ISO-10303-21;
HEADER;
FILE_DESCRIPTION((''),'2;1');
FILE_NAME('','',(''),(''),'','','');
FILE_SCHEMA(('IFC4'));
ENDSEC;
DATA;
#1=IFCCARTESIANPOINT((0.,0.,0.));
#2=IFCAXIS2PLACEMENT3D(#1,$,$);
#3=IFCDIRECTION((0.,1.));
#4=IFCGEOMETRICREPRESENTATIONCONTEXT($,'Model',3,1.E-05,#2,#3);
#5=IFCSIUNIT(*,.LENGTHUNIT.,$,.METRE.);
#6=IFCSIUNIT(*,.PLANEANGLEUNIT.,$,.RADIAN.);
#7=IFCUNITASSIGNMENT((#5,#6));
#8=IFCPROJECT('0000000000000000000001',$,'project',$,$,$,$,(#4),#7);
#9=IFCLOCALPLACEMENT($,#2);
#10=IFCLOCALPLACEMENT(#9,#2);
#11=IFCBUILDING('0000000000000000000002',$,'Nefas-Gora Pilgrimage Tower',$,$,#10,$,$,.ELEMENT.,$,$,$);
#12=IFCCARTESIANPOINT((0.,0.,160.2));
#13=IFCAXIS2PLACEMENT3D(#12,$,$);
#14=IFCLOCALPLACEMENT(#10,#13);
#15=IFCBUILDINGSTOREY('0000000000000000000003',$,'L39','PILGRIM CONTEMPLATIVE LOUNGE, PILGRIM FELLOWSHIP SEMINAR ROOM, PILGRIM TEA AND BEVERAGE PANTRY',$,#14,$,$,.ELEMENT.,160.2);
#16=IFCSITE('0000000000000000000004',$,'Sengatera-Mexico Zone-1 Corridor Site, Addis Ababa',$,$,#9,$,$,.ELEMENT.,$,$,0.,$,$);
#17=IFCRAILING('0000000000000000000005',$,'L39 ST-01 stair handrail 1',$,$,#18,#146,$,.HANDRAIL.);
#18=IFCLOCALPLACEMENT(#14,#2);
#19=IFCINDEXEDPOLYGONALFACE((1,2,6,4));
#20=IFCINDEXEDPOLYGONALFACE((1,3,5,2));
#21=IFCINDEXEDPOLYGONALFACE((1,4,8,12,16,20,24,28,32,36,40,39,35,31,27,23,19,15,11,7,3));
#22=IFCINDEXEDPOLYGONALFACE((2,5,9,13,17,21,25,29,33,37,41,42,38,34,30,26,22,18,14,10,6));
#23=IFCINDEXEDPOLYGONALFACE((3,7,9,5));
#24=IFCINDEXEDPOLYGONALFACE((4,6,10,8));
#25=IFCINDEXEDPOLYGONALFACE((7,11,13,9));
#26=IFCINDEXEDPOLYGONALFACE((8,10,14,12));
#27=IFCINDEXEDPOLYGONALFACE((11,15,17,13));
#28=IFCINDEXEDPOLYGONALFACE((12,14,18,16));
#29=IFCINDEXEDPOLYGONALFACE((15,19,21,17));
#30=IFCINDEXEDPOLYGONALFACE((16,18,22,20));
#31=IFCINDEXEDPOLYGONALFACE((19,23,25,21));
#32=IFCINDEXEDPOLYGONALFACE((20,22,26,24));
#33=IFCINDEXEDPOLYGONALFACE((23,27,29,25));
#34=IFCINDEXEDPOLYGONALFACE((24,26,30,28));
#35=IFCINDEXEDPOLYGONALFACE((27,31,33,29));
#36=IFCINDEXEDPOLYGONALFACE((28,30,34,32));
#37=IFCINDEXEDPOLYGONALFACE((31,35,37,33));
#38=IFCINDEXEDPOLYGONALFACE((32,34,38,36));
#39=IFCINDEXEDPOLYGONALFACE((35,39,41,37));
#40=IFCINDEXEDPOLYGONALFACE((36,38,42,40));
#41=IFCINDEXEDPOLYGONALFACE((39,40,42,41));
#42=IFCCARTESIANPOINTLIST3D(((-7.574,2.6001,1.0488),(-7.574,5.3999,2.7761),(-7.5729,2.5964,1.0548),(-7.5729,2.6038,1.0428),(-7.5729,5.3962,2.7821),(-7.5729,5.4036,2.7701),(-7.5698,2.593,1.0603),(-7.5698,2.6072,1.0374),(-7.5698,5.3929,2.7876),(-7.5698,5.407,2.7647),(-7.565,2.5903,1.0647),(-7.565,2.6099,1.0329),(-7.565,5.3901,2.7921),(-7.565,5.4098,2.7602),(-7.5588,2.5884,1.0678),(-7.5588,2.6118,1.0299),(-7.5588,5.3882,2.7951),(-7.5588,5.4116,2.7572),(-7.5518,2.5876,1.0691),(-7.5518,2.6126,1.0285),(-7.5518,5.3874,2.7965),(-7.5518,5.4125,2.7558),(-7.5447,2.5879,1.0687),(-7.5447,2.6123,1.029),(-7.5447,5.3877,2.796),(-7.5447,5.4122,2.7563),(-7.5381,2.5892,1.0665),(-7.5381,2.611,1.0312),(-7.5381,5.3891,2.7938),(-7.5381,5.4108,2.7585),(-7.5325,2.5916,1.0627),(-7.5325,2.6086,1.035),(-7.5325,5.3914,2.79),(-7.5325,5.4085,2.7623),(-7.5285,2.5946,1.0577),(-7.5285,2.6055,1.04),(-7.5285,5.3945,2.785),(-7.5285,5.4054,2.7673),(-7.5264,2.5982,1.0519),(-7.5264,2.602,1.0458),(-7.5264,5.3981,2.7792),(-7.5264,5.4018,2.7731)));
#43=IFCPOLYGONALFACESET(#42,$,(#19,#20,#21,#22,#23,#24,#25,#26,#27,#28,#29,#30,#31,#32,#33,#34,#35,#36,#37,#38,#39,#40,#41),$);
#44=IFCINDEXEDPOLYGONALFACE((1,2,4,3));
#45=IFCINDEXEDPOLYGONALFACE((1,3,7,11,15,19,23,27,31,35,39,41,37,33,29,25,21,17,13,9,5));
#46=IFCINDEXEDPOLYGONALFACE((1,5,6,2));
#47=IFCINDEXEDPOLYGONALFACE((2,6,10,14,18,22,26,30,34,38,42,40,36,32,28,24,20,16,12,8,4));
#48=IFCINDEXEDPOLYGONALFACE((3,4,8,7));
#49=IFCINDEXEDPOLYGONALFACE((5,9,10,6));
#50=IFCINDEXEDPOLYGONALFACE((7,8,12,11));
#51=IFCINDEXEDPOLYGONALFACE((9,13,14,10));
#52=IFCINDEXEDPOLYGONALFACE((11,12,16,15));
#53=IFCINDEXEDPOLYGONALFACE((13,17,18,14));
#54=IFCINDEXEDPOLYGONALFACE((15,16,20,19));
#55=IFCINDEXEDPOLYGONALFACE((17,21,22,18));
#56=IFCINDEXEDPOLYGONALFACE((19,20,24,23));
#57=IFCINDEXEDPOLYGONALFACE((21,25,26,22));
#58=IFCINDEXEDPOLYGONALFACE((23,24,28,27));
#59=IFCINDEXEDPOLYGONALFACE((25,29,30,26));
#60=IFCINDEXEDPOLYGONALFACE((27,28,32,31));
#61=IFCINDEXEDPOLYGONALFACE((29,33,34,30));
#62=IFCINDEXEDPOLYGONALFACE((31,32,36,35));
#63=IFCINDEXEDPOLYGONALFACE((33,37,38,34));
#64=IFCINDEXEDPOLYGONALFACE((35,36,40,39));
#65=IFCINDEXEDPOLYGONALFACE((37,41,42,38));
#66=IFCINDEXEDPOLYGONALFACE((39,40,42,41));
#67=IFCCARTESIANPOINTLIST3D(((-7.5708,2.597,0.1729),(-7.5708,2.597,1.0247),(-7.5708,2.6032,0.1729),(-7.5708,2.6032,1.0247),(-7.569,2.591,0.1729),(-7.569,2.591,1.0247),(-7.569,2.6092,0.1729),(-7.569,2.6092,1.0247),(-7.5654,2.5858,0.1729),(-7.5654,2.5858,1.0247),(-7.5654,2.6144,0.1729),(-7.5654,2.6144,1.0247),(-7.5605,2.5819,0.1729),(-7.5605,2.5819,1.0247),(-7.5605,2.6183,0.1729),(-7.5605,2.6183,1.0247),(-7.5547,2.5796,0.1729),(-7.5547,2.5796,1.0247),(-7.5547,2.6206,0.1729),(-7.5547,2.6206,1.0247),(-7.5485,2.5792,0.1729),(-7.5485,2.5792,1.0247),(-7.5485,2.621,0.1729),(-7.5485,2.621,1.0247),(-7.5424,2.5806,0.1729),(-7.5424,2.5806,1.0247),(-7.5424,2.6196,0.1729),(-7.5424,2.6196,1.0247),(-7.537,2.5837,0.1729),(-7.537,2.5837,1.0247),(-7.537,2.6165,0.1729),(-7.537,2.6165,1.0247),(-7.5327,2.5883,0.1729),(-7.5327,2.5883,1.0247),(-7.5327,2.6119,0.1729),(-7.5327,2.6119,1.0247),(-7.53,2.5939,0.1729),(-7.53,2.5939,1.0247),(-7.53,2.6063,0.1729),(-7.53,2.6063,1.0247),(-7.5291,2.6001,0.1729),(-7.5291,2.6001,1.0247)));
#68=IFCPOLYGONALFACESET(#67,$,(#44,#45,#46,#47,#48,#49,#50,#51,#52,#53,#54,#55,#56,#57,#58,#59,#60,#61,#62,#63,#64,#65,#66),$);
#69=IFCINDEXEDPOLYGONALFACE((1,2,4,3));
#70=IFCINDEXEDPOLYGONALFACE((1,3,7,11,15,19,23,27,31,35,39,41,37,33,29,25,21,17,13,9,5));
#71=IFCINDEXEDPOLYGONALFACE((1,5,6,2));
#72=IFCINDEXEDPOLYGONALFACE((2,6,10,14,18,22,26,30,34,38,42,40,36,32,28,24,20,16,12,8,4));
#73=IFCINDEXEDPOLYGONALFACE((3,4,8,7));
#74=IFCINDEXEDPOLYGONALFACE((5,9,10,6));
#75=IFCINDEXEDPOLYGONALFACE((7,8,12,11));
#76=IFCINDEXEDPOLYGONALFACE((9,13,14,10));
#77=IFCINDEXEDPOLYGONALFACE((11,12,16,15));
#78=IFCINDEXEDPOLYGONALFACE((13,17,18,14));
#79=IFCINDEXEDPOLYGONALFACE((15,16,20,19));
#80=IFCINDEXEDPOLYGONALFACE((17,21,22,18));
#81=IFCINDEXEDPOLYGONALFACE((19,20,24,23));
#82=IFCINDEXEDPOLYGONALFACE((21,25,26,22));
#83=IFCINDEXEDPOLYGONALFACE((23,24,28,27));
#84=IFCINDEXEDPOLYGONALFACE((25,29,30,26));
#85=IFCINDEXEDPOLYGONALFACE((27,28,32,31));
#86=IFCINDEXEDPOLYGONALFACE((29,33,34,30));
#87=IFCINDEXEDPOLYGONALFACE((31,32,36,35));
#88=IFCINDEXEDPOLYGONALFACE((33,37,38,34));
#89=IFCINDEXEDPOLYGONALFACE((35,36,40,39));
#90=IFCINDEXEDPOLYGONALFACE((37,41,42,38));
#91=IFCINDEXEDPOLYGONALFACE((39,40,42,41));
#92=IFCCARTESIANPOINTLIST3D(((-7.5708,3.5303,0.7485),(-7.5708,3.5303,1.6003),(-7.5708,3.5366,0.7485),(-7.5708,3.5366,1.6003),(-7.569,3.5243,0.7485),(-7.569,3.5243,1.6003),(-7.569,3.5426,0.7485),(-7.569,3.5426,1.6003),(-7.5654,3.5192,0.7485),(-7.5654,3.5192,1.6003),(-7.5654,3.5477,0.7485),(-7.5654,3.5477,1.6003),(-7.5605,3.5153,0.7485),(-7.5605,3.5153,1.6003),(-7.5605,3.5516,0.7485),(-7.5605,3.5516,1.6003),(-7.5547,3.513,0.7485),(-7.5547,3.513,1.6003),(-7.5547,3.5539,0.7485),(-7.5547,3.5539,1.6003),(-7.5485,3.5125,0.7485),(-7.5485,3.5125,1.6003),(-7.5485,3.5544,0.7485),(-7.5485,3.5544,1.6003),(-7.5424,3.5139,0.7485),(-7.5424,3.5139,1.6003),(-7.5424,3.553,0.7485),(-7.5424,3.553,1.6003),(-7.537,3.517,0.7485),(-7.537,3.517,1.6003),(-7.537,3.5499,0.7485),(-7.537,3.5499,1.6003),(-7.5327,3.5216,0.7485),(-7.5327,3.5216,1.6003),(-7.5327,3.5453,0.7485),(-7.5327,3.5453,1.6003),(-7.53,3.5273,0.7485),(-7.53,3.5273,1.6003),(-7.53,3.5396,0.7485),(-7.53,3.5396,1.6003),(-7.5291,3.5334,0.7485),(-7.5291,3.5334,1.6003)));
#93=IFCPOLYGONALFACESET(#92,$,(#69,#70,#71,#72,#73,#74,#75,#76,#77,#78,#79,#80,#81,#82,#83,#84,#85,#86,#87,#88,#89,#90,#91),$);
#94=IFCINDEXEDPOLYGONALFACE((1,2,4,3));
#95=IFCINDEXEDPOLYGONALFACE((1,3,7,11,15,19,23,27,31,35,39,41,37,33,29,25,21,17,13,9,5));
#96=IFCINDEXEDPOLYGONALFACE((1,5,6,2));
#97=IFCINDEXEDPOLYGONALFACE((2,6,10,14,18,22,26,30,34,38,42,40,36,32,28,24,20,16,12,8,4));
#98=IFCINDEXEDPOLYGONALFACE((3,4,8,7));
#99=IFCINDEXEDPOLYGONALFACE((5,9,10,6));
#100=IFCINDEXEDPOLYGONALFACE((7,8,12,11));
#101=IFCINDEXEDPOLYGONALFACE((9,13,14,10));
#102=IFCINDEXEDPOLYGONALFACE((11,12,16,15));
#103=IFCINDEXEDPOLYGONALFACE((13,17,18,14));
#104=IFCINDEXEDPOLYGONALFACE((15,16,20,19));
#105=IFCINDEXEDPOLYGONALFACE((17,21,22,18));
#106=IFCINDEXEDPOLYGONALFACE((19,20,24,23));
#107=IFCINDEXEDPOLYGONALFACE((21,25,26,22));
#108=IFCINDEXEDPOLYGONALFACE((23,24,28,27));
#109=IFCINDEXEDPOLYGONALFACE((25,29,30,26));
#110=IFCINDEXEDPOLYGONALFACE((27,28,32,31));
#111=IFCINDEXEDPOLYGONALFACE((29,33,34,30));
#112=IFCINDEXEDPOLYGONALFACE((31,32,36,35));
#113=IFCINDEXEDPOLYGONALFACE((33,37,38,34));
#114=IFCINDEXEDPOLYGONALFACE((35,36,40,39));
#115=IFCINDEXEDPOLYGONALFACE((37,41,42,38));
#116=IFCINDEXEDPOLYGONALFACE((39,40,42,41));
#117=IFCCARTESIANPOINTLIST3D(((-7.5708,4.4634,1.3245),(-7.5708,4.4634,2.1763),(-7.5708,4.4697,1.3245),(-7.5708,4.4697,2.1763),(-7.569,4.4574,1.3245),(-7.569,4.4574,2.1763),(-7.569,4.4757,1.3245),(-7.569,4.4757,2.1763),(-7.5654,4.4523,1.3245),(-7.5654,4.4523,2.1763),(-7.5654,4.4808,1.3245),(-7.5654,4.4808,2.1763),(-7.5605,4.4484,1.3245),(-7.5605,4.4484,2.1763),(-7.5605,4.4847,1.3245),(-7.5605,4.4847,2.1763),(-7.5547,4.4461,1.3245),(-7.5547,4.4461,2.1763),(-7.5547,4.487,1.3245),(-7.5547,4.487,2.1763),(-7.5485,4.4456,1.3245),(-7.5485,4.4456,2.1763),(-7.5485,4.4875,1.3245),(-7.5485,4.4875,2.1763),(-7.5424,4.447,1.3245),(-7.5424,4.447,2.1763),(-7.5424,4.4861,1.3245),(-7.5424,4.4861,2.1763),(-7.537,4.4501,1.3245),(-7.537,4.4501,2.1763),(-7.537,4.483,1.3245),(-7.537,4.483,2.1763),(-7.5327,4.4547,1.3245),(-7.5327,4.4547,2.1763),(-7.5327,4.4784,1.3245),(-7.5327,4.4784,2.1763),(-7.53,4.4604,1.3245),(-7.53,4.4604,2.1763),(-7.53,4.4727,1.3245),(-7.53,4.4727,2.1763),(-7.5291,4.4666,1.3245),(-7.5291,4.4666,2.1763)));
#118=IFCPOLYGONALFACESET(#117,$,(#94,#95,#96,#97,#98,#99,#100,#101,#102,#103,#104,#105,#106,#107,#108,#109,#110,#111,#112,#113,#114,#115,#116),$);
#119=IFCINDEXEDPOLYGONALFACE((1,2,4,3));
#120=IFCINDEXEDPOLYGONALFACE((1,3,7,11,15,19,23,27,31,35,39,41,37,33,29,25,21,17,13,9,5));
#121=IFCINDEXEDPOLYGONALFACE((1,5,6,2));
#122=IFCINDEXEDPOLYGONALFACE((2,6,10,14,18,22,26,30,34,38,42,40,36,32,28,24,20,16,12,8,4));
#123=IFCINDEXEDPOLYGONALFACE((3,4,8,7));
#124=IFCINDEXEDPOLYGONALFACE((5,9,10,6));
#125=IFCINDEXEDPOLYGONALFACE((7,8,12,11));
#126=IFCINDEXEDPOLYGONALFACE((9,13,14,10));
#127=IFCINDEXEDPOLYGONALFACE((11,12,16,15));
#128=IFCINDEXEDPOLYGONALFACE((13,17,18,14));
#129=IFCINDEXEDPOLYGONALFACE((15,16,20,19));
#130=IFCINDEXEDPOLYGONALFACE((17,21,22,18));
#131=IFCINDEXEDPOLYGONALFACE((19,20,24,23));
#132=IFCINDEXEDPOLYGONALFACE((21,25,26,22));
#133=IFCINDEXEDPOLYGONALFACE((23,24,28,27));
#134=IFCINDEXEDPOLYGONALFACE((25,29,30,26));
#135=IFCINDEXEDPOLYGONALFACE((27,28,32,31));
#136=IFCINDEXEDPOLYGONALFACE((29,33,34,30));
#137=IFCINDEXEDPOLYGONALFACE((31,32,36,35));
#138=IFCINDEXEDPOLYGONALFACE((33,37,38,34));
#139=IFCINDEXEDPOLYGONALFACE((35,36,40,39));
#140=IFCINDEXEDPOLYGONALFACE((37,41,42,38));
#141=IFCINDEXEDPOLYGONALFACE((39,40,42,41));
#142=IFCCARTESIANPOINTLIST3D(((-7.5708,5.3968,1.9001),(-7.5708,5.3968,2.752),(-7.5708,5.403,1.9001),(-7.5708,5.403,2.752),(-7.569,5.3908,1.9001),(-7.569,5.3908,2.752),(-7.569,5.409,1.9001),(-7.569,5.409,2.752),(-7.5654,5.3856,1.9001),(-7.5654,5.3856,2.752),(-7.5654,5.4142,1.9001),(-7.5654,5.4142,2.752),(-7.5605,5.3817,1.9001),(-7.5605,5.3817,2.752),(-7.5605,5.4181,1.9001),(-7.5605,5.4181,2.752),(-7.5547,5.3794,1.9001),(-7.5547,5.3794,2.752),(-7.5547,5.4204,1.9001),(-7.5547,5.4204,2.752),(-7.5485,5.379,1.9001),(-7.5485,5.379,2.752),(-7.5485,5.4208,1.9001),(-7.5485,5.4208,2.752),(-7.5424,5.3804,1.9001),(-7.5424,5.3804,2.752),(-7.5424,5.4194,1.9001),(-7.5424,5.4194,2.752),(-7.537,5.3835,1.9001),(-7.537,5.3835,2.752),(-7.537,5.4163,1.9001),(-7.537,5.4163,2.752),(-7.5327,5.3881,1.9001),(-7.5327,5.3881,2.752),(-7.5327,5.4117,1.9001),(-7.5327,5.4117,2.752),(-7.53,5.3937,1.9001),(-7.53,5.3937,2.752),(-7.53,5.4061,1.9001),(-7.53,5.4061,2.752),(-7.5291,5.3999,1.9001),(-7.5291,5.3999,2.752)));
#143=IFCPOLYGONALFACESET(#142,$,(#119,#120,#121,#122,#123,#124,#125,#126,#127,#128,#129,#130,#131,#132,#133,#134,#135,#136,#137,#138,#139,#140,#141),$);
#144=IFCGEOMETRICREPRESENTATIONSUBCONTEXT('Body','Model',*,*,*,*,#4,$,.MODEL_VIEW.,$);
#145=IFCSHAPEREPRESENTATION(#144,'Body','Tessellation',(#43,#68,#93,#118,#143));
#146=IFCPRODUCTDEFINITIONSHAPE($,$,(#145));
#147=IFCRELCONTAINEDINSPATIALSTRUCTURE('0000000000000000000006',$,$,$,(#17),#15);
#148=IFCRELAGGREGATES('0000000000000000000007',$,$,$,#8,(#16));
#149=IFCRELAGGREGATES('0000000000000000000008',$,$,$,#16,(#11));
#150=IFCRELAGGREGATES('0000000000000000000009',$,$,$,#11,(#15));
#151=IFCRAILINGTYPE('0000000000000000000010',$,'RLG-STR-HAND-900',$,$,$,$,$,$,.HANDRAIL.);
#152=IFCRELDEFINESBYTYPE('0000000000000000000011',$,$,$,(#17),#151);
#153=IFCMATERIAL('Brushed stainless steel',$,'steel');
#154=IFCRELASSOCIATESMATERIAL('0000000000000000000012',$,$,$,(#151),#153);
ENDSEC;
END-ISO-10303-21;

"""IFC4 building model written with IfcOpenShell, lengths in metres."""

from ifc_helpers import new_model, si_unit, direction, frame, origin, origin_2d, place, context, subcontext, project, spatial, circle, extrude, material, type_object, element, save


model = new_model("IFC4")

# Units and contexts
model_context = context("Model", 3, precision=1e-05, world=origin(), true_north=direction((0.0, 1.0)))
body_context = subcontext(model_context, "Body", "Model", "MODEL_VIEW")
ifc_project = project(units=[si_unit("LENGTHUNIT", "METRE"), si_unit("PLANEANGLEUNIT", "RADIAN")], contexts=[model_context])

# Site, building, storey
site_placement = place(None, origin())
site = spatial("IfcSite", under=ifc_project, at=site_placement, Name="Sengatera-Mexico Zone-1 Corridor Site, Addis Ababa", CompositionType="ELEMENT", RefElevation=0.0)
building_placement = place(site_placement, origin())
building = spatial("IfcBuilding", under=site, at=building_placement, Name="Nefas-Gora Pilgrimage Tower", CompositionType="ELEMENT")
storey_placement = place(building_placement, frame((0.0, 0.0, 160.2)))
storey = spatial("IfcBuildingStorey", under=building, at=storey_placement, Name="L39", Description="PILGRIM CONTEMPLATIVE LOUNGE, PILGRIM FELLOWSHIP SEMINAR ROOM, PILGRIM TEA AND BEVERAGE PANTRY", CompositionType="ELEMENT", Elevation=160.2)

# Railing
ifc_material_1 = material(Name="Brushed stainless steel", Category="steel")
railing_type_1 = type_object("IfcRailingType", Name="RLG-STR-HAND-900", PredefinedType="HANDRAIL", material=ifc_material_1)
railing_1_placement = place(storey_placement, frame((-7.55, 2.6001, 0.1729)))
element("IfcRailing", 1, at=railing_1_placement, inside=storey, type_object=railing_type_1, Name="L39 ST-01 stair handrail 1", PredefinedType="HANDRAIL", context=body_context, shape_type="SweptSolid", body=[
    extrude(circle(Radius=0.0239, at=origin_2d()), frame((0.0, 0.0, 0.876), z_axis=(0.0, 0.851069, 0.525054), x_axis=(-1.0, 0.0, 0.0)), (0.0, 0.0, 1.0), 3.2898),
    extrude(circle(Radius=0.021, at=origin_2d()), origin(), (0.0, 0.0, 1.0), 0.8518),
    extrude(circle(Radius=0.021, at=origin_2d()), frame((0.0, 0.9333, 0.5757)), (0.0, 0.0, 1.0), 0.8518),
    extrude(circle(Radius=0.021, at=origin_2d()), frame((0.0, 1.8665, 1.1516)), (0.0, 0.0, 1.0), 0.8518),
    extrude(circle(Radius=0.021, at=origin_2d()), frame((0.0, 2.7998, 1.7273)), (0.0, 0.0, 1.0), 0.8518),
])

save(model, "model.ifc")
